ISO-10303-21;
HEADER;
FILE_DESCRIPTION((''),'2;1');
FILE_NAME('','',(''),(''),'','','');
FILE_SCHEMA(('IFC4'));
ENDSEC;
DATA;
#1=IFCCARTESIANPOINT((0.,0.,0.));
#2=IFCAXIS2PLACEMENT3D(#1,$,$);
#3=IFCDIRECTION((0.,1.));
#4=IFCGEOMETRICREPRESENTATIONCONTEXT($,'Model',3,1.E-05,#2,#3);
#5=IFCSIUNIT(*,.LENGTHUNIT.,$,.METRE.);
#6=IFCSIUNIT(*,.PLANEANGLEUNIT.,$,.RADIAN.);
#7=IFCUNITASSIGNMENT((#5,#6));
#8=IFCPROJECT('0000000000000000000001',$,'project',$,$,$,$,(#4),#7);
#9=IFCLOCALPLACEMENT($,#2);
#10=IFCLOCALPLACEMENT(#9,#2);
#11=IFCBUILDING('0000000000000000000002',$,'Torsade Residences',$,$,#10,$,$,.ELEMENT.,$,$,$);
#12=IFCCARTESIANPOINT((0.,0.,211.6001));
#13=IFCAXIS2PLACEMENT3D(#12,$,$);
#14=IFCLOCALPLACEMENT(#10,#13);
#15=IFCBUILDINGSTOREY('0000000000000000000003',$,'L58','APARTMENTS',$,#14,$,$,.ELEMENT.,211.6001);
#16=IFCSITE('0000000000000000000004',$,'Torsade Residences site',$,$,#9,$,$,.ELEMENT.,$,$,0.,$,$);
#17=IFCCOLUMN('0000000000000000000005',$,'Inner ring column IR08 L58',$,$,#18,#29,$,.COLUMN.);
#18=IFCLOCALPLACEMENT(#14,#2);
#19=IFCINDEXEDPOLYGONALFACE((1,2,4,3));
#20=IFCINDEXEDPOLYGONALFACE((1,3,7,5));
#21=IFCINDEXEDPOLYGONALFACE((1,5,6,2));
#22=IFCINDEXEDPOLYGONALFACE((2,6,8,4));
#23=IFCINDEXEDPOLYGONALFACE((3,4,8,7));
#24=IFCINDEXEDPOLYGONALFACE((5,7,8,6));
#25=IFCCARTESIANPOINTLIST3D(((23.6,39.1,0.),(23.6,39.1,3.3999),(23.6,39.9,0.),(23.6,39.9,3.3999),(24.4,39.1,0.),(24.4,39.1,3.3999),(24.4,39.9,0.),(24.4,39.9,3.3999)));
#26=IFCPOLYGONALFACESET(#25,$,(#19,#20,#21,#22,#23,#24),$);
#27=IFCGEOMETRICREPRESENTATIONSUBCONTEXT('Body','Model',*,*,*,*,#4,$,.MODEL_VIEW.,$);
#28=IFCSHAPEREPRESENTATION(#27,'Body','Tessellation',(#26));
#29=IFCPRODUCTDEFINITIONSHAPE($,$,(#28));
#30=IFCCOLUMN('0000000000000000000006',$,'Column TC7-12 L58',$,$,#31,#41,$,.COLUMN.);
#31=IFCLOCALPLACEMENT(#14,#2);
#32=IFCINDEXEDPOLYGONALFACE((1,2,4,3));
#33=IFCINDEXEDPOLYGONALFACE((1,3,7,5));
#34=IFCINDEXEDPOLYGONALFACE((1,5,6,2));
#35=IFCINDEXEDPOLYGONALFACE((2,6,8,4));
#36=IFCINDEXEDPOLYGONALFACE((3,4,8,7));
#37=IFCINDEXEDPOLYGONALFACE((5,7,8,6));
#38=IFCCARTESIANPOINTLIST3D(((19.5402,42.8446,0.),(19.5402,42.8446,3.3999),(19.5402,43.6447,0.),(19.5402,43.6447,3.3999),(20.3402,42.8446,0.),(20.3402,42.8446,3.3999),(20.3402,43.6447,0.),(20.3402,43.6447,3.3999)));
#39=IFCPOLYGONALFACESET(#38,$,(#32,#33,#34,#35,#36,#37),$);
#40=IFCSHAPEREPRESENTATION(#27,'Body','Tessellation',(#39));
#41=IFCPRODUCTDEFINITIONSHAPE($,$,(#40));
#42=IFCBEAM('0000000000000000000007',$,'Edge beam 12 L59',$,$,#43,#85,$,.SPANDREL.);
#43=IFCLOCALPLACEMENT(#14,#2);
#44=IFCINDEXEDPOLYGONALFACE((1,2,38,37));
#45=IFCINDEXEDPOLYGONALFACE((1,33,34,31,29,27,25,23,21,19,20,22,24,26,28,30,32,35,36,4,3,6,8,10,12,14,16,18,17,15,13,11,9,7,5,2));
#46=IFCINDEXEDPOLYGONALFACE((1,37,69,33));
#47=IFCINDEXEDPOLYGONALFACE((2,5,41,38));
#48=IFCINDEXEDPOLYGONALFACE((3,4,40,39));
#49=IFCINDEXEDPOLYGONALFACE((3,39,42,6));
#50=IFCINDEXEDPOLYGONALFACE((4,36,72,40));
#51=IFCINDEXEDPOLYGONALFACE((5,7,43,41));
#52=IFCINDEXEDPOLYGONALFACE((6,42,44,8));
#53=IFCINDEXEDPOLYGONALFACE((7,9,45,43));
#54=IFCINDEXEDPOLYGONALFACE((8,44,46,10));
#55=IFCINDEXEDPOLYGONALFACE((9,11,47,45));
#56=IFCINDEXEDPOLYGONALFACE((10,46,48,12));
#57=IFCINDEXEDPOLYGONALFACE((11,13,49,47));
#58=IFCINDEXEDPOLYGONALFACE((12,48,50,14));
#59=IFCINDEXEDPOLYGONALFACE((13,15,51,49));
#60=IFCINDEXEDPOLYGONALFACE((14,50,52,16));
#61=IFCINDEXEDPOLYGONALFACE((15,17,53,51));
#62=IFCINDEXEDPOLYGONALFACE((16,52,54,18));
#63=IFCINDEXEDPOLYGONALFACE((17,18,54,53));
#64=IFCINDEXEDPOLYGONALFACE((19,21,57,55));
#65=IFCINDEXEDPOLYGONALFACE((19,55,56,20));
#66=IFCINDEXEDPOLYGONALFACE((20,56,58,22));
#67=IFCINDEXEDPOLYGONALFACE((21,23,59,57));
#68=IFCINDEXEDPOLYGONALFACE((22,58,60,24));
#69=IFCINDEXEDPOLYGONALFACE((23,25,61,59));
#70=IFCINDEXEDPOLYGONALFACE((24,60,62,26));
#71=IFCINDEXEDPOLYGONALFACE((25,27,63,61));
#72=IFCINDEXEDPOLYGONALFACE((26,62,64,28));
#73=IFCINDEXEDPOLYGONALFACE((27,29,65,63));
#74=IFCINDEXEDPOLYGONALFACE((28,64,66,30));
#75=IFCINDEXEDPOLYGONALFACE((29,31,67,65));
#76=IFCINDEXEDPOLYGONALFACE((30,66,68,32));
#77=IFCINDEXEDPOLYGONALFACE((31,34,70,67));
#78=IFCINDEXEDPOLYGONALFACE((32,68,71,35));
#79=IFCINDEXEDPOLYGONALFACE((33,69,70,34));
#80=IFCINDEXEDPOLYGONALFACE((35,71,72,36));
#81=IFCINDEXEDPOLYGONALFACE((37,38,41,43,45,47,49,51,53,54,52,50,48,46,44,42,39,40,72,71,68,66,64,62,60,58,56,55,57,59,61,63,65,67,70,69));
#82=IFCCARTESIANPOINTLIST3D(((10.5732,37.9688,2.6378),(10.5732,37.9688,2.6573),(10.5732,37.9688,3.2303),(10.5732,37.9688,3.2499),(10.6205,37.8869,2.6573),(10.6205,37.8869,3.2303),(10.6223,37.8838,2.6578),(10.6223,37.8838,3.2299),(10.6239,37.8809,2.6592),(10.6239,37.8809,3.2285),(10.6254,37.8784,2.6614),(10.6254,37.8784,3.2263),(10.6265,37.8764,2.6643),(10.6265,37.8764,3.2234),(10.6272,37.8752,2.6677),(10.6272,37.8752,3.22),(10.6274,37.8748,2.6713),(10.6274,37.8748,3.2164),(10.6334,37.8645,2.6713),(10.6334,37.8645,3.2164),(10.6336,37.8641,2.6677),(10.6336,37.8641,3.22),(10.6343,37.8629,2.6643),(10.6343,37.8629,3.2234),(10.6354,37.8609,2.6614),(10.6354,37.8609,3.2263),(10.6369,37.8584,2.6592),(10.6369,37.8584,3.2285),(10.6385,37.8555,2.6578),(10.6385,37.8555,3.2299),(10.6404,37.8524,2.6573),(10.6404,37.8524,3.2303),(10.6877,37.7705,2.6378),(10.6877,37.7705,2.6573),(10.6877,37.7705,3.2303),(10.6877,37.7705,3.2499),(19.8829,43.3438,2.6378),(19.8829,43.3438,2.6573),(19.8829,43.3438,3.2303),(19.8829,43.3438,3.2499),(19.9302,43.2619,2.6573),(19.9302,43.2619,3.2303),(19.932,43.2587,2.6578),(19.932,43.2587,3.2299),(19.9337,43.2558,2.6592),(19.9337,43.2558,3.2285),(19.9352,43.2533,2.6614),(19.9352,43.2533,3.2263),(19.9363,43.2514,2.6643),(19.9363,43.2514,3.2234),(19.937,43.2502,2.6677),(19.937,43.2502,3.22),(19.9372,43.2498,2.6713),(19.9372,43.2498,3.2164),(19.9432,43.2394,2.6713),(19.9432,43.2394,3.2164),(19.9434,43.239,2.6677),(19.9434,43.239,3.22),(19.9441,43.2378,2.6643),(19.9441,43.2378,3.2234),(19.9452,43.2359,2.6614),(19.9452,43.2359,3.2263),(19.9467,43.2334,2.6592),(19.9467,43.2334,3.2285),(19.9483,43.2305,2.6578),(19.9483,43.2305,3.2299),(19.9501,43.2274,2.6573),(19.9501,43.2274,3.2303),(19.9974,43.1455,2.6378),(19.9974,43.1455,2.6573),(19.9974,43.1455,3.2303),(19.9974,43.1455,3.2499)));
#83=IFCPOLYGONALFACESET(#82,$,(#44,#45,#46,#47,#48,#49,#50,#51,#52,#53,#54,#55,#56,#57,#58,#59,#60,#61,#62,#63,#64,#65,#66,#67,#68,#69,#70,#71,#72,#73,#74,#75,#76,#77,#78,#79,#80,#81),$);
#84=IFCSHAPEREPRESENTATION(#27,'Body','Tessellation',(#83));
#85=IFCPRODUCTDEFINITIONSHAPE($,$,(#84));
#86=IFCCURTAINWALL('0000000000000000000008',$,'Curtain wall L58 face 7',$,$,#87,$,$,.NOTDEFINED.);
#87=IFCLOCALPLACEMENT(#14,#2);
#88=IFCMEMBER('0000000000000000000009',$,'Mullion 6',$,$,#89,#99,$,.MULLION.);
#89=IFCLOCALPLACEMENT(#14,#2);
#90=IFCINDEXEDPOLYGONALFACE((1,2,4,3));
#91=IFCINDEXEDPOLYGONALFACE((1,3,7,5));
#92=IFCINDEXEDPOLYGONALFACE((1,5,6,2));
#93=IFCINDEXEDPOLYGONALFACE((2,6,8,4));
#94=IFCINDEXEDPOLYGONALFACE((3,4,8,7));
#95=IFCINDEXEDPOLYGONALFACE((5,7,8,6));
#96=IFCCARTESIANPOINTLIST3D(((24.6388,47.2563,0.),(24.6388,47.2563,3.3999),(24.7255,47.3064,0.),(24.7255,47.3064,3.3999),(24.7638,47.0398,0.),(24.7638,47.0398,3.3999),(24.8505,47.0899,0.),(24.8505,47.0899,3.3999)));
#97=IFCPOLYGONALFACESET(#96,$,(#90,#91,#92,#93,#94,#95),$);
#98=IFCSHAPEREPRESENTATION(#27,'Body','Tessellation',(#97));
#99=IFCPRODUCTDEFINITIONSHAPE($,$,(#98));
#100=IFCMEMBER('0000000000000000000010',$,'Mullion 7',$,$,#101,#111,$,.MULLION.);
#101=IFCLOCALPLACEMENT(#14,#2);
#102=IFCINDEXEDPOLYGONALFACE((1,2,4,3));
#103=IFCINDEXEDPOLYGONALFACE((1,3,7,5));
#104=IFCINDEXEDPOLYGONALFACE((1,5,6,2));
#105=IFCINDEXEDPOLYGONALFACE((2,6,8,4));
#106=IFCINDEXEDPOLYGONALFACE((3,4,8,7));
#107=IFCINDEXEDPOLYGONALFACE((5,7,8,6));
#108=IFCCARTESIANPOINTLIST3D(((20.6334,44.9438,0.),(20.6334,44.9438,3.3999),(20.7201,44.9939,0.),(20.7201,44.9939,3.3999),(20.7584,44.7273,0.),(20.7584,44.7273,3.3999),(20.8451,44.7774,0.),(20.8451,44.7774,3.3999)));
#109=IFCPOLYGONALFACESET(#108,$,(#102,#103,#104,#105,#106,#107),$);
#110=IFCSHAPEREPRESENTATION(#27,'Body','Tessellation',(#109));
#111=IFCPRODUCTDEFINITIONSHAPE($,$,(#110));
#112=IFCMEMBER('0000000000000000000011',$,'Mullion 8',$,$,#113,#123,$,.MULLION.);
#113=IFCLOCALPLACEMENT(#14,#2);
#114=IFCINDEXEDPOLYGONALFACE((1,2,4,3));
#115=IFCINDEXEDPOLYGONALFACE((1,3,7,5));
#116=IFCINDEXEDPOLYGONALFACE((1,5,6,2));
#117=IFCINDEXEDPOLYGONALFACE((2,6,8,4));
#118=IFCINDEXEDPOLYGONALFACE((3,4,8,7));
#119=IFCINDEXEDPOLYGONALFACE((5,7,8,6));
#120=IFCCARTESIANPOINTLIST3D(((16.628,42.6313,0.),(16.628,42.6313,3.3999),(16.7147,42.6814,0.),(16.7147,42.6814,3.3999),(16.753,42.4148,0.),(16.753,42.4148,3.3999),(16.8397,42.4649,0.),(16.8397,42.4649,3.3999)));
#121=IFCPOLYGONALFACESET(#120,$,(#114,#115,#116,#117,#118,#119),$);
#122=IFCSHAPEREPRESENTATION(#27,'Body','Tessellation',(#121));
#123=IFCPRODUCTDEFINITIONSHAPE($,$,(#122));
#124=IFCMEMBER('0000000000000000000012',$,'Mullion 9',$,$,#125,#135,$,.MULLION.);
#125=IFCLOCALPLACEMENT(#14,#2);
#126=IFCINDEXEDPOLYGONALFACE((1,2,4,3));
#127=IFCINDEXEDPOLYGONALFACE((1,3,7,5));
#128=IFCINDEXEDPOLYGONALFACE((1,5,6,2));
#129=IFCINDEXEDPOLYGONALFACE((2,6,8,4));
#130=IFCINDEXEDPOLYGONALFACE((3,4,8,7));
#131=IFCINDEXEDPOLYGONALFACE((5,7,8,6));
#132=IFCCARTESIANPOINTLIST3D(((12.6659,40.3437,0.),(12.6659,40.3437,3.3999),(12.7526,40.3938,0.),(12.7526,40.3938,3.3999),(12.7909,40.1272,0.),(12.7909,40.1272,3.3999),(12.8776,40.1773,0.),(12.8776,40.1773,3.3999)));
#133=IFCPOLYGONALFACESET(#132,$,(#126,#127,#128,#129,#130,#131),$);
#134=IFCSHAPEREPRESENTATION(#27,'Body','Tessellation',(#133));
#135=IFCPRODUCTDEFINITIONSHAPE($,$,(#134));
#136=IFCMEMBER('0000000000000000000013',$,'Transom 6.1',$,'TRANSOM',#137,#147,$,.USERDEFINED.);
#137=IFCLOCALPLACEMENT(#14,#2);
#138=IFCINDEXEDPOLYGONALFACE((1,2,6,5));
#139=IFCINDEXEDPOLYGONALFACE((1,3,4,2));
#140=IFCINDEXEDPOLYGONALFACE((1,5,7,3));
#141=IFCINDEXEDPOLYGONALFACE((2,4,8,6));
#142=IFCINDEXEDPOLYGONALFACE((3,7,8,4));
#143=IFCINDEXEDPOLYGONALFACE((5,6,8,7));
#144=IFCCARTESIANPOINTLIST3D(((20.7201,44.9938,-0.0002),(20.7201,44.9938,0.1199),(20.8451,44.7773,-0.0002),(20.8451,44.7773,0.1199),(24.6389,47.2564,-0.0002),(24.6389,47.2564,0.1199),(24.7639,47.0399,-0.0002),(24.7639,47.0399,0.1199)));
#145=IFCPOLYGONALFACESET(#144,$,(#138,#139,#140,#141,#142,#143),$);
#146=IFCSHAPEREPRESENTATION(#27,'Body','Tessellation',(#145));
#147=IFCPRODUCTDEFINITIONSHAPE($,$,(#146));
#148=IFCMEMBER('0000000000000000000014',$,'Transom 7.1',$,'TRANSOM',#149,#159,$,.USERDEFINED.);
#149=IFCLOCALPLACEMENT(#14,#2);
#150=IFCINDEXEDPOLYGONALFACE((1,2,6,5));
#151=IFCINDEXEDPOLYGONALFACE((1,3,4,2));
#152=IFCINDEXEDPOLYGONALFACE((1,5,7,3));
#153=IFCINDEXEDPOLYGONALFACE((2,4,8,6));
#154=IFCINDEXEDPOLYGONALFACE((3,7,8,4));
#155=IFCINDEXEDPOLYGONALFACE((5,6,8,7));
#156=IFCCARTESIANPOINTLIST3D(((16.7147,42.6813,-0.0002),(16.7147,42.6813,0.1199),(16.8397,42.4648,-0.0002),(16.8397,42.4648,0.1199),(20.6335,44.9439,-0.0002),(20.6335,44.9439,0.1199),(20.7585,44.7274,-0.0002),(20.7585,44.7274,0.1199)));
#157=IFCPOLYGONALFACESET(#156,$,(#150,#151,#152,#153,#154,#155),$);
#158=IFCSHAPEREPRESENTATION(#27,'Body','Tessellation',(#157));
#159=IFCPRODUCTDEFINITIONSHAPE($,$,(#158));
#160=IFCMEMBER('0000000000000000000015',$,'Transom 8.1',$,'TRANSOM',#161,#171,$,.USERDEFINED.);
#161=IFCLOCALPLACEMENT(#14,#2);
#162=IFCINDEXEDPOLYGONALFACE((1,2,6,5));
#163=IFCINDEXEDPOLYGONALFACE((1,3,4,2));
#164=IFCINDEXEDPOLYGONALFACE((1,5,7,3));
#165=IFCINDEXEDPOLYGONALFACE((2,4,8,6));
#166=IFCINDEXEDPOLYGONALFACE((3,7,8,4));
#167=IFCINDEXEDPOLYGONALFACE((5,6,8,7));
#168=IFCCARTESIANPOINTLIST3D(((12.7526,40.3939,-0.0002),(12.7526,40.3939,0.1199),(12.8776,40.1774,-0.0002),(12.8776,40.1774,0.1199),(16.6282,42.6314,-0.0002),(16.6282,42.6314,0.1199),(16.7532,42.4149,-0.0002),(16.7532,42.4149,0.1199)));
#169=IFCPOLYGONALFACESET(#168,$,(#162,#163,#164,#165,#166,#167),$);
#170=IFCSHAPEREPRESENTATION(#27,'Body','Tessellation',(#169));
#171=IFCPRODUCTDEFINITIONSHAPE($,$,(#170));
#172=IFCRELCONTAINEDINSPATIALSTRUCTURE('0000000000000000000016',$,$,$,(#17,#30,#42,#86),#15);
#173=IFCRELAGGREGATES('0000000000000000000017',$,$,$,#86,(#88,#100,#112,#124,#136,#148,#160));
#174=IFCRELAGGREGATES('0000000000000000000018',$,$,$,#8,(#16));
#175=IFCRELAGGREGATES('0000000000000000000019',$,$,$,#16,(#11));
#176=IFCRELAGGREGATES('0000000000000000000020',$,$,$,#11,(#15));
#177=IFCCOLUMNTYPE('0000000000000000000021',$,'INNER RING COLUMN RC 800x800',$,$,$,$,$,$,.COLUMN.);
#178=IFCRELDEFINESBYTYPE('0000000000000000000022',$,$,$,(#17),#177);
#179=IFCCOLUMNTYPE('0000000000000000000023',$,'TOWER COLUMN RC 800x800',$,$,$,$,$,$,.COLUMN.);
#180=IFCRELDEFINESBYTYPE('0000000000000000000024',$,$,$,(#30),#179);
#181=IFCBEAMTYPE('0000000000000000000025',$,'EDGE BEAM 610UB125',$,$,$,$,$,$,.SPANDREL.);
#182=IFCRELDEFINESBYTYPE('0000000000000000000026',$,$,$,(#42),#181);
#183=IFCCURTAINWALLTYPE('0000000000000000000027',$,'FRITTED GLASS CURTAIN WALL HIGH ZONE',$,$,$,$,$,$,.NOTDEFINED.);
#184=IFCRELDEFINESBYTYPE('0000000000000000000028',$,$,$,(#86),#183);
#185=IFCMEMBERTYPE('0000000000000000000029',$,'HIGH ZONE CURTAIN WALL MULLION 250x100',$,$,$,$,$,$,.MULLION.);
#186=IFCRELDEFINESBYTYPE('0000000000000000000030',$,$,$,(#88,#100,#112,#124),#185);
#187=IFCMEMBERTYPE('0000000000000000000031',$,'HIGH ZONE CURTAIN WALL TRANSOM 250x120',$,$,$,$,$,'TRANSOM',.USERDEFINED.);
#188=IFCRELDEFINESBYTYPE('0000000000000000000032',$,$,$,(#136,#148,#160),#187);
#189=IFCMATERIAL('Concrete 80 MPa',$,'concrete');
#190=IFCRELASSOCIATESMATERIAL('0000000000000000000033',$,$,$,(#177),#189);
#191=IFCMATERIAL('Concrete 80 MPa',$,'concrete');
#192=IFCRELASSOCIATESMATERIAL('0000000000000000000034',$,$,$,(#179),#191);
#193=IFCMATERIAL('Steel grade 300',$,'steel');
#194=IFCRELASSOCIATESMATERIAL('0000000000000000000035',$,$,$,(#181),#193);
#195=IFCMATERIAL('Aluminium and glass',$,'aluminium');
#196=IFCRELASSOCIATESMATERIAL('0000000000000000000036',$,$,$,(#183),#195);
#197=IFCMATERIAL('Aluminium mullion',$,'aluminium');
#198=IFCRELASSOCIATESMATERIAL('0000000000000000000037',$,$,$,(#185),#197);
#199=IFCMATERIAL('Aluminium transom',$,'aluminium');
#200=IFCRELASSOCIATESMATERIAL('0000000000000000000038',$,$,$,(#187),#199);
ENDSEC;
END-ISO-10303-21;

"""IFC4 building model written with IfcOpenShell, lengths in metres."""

from ifc_helpers import new_model, si_unit, direction, frame, origin, origin_2d, place, context, subcontext, project, spatial, rectangle, i_section, extrude, material, material_profile, profile_set, type_object, element, aggregate, save


model = new_model("IFC4")

# Units and contexts
model_context = context("Model", 3, precision=1e-05, world=origin(), true_north=direction((0.0, 1.0)))
body_context = subcontext(model_context, "Body", "Model", "MODEL_VIEW")
ifc_project = project(units=[si_unit("LENGTHUNIT", "METRE"), si_unit("PLANEANGLEUNIT", "RADIAN")], contexts=[model_context])

# Site, building, storey
site_placement = place(None, origin())
site = spatial("IfcSite", under=ifc_project, at=site_placement, Name="Torsade Residences site", CompositionType="ELEMENT", RefElevation=0.0)
building_placement = place(site_placement, origin())
building = spatial("IfcBuilding", under=site, at=building_placement, Name="Torsade Residences", CompositionType="ELEMENT")
storey_placement = place(building_placement, frame((0.0, 0.0, 211.6001)))
storey = spatial("IfcBuildingStorey", under=building, at=storey_placement, Name="L58", Description="APARTMENTS", CompositionType="ELEMENT", Elevation=211.6001)

# Columns
ifc_material_1 = material(Name="Concrete 80 MPa", Category="concrete")
ifc_material_profile_1 = material_profile(ifc_material_1, rectangle(XDim=0.8, YDim=0.8, at=origin_2d()), Name="RC 800x800")
ifc_profile_set_1 = profile_set([ifc_material_profile_1], Name="Concrete 80 MPa")
column_type_1 = type_object("IfcColumnType", Name="INNER RING COLUMN RC 800x800", PredefinedType="COLUMN", material=ifc_profile_set_1)
column_1_placement = place(storey_placement, frame((24.0, 39.5, 0.0), z_axis=(0.0, 0.0, 1.0), x_axis=(1.0, 0.0, 0.0)))
element("IfcColumn", 1, at=column_1_placement, inside=storey, type_object=column_type_1, Name="Inner ring column IR08 L58", PredefinedType="COLUMN", context=body_context, shape_type="SweptSolid", body=[
    extrude(rectangle(XDim=0.8, YDim=0.8, at=origin_2d()), origin(), (0.0, 0.0, 1.0), 3.3999),
])
ifc_material_2 = material(Name="Concrete 80 MPa", Category="concrete")
ifc_material_profile_2 = material_profile(ifc_material_2, rectangle(XDim=0.8, YDim=0.8, at=origin_2d()), Name="RC 800x800")
ifc_profile_set_2 = profile_set([ifc_material_profile_2], Name="Concrete 80 MPa")
column_type_2 = type_object("IfcColumnType", Name="TOWER COLUMN RC 800x800", PredefinedType="COLUMN", material=ifc_profile_set_2)
column_2_placement = place(storey_placement, frame((19.9402, 43.2446, 0.0), z_axis=(0.0, 0.0, 1.0), x_axis=(1.0, 0.0, 0.0)))
element("IfcColumn", 2, at=column_2_placement, inside=storey, type_object=column_type_2, Name="Column TC7-12 L58", PredefinedType="COLUMN", context=body_context, shape_type="SweptSolid", body=[
    extrude(rectangle(XDim=0.8, YDim=0.8, at=origin_2d()), origin(), (0.0, 0.0, 1.0), 3.3999),
])

# Beam
ifc_material_3 = material(Name="Steel grade 300", Category="steel")
ifc_material_profile_3 = material_profile(ifc_material_3, i_section(OverallWidth=0.229, OverallDepth=0.6121, WebThickness=0.012, FlangeThickness=0.0195, FilletRadius=0.0139, at=origin_2d()), Name="610UB125")
ifc_profile_set_3 = profile_set([ifc_material_profile_3], Name="Steel grade 300")
beam_type_1 = type_object("IfcBeamType", Name="EDGE BEAM 610UB125", PredefinedType="SPANDREL", material=ifc_profile_set_3)
beam_1_placement = place(storey_placement, frame((19.9402, 43.2446, 2.9438), z_axis=(-0.866026, -0.499998, 0.0), x_axis=(0.499998, -0.866026, 0.0)))
element("IfcBeam", 3, at=beam_1_placement, inside=storey, type_object=beam_type_1, Name="Edge beam 12 L59", PredefinedType="SPANDREL", context=body_context, shape_type="SweptSolid", body=[
    extrude(i_section(OverallWidth=0.229, OverallDepth=0.6121, WebThickness=0.012, FlangeThickness=0.0195, FilletRadius=0.0139, at=origin_2d()), origin(), (0.0, 0.0, 1.0), 10.75),
])

# Curtain wall, members
ifc_material_4 = material(Name="Aluminium and glass", Category="aluminium")
curtain_wall_type = type_object("IfcCurtainWallType", Name="FRITTED GLASS CURTAIN WALL HIGH ZONE", PredefinedType="NOTDEFINED", material=ifc_material_4)
curtain_wall_placement = place(storey_placement, origin())
curtain_wall = element("IfcCurtainWall", 4, at=curtain_wall_placement, inside=storey, type_object=curtain_wall_type, Name="Curtain wall L58 face 7", PredefinedType="NOTDEFINED")
ifc_material_5 = material(Name="Aluminium mullion", Category="aluminium")
ifc_material_profile_4 = material_profile(ifc_material_5, rectangle(XDim=0.25, YDim=0.1001, at=origin_2d()), Name="HIGH ZONE CURTAIN WALL MULLION 250x100")
ifc_profile_set_4 = profile_set([ifc_material_profile_4], Name="Aluminium mullion")
member_type_1 = type_object("IfcMemberType", Name="HIGH ZONE CURTAIN WALL MULLION 250x100", PredefinedType="MULLION", material=ifc_profile_set_4)
member_1_placement = place(storey_placement, frame((24.7446, 47.1731, 0.0), z_axis=(0.0, 0.0, 1.0), x_axis=(0.5, -0.866025, 0.0)))
member_1 = element("IfcMember", 5, at=member_1_placement, type_object=member_type_1, Name="Mullion 6", PredefinedType="MULLION", context=body_context, shape_type="SweptSolid", body=[
    extrude(rectangle(XDim=0.25, YDim=0.1001, at=origin_2d()), origin(), (0.0, 0.0, 1.0), 3.3999),
])
member_2_placement = place(storey_placement, frame((20.7393, 44.8606, 0.0), z_axis=(0.0, 0.0, 1.0), x_axis=(0.5, -0.866025, 0.0)))
member_2 = element("IfcMember", 6, at=member_2_placement, type_object=member_type_1, Name="Mullion 7", PredefinedType="MULLION", context=body_context, shape_type="SweptSolid", body=[
    extrude(rectangle(XDim=0.25, YDim=0.1001, at=origin_2d()), origin(), (0.0, 0.0, 1.0), 3.3999),
])
member_3_placement = place(storey_placement, frame((16.7339, 42.5481, 0.0), z_axis=(0.0, 0.0, 1.0), x_axis=(0.5, -0.866025, 0.0)))
member_3 = element("IfcMember", 7, at=member_3_placement, type_object=member_type_1, Name="Mullion 8", PredefinedType="MULLION", context=body_context, shape_type="SweptSolid", body=[
    extrude(rectangle(XDim=0.25, YDim=0.1001, at=origin_2d()), origin(), (0.0, 0.0, 1.0), 3.3999),
])
member_4_placement = place(storey_placement, frame((12.7717, 40.2605, 0.0), z_axis=(0.0, 0.0, 1.0), x_axis=(0.5, -0.866025, 0.0)))
member_4 = element("IfcMember", 8, at=member_4_placement, type_object=member_type_1, Name="Mullion 9", PredefinedType="MULLION", context=body_context, shape_type="SweptSolid", body=[
    extrude(rectangle(XDim=0.25, YDim=0.1001, at=origin_2d()), origin(), (0.0, 0.0, 1.0), 3.3999),
])
ifc_material_6 = material(Name="Aluminium transom", Category="aluminium")
ifc_material_profile_5 = material_profile(ifc_material_6, rectangle(XDim=0.25, YDim=0.1201, at=origin_2d()), Name="HIGH ZONE CURTAIN WALL TRANSOM 250x120")
ifc_profile_set_5 = profile_set([ifc_material_profile_5], Name="Aluminium transom")
member_type_2 = type_object("IfcMemberType", Name="HIGH ZONE CURTAIN WALL TRANSOM 250x120", ElementType="TRANSOM", PredefinedType="USERDEFINED", material=ifc_profile_set_5)
member_5_placement = place(storey_placement, frame((24.7014, 47.1482, 0.0598), z_axis=(-0.866017, -0.500015, 0.0), x_axis=(0.500015, -0.866017, 0.0)))
member_5 = element("IfcMember", 9, at=member_5_placement, type_object=member_type_2, Name="Transom 6.1", ObjectType="TRANSOM", PredefinedType="USERDEFINED", context=body_context, shape_type="SweptSolid", body=[
    extrude(rectangle(XDim=0.25, YDim=0.1201, at=origin_2d()), origin(), (0.0, 0.0, 1.0), 4.5251),
])
member_6_placement = place(storey_placement, frame((20.696, 44.8357, 0.0598), z_axis=(-0.866017, -0.500015, 0.0), x_axis=(0.500015, -0.866017, 0.0)))
member_6 = element("IfcMember", 10, at=member_6_placement, type_object=member_type_2, Name="Transom 7.1", ObjectType="TRANSOM", PredefinedType="USERDEFINED", context=body_context, shape_type="SweptSolid", body=[
    extrude(rectangle(XDim=0.25, YDim=0.1201, at=origin_2d()), origin(), (0.0, 0.0, 1.0), 4.5251),
])
member_7_placement = place(storey_placement, frame((16.6907, 42.5232, 0.0598), z_axis=(-0.866022, -0.500006, 0.0), x_axis=(0.500006, -0.866022, 0.0)))
member_7 = element("IfcMember", 11, at=member_7_placement, type_object=member_type_2, Name="Transom 8.1", ObjectType="TRANSOM", PredefinedType="USERDEFINED", context=body_context, shape_type="SweptSolid", body=[
    extrude(rectangle(XDim=0.25, YDim=0.1201, at=origin_2d()), origin(), (0.0, 0.0, 1.0), 4.4751),
])

aggregate(curtain_wall, [member_1, member_2, member_3, member_4, member_5, member_6, member_7])

save(model, "model.ifc")
